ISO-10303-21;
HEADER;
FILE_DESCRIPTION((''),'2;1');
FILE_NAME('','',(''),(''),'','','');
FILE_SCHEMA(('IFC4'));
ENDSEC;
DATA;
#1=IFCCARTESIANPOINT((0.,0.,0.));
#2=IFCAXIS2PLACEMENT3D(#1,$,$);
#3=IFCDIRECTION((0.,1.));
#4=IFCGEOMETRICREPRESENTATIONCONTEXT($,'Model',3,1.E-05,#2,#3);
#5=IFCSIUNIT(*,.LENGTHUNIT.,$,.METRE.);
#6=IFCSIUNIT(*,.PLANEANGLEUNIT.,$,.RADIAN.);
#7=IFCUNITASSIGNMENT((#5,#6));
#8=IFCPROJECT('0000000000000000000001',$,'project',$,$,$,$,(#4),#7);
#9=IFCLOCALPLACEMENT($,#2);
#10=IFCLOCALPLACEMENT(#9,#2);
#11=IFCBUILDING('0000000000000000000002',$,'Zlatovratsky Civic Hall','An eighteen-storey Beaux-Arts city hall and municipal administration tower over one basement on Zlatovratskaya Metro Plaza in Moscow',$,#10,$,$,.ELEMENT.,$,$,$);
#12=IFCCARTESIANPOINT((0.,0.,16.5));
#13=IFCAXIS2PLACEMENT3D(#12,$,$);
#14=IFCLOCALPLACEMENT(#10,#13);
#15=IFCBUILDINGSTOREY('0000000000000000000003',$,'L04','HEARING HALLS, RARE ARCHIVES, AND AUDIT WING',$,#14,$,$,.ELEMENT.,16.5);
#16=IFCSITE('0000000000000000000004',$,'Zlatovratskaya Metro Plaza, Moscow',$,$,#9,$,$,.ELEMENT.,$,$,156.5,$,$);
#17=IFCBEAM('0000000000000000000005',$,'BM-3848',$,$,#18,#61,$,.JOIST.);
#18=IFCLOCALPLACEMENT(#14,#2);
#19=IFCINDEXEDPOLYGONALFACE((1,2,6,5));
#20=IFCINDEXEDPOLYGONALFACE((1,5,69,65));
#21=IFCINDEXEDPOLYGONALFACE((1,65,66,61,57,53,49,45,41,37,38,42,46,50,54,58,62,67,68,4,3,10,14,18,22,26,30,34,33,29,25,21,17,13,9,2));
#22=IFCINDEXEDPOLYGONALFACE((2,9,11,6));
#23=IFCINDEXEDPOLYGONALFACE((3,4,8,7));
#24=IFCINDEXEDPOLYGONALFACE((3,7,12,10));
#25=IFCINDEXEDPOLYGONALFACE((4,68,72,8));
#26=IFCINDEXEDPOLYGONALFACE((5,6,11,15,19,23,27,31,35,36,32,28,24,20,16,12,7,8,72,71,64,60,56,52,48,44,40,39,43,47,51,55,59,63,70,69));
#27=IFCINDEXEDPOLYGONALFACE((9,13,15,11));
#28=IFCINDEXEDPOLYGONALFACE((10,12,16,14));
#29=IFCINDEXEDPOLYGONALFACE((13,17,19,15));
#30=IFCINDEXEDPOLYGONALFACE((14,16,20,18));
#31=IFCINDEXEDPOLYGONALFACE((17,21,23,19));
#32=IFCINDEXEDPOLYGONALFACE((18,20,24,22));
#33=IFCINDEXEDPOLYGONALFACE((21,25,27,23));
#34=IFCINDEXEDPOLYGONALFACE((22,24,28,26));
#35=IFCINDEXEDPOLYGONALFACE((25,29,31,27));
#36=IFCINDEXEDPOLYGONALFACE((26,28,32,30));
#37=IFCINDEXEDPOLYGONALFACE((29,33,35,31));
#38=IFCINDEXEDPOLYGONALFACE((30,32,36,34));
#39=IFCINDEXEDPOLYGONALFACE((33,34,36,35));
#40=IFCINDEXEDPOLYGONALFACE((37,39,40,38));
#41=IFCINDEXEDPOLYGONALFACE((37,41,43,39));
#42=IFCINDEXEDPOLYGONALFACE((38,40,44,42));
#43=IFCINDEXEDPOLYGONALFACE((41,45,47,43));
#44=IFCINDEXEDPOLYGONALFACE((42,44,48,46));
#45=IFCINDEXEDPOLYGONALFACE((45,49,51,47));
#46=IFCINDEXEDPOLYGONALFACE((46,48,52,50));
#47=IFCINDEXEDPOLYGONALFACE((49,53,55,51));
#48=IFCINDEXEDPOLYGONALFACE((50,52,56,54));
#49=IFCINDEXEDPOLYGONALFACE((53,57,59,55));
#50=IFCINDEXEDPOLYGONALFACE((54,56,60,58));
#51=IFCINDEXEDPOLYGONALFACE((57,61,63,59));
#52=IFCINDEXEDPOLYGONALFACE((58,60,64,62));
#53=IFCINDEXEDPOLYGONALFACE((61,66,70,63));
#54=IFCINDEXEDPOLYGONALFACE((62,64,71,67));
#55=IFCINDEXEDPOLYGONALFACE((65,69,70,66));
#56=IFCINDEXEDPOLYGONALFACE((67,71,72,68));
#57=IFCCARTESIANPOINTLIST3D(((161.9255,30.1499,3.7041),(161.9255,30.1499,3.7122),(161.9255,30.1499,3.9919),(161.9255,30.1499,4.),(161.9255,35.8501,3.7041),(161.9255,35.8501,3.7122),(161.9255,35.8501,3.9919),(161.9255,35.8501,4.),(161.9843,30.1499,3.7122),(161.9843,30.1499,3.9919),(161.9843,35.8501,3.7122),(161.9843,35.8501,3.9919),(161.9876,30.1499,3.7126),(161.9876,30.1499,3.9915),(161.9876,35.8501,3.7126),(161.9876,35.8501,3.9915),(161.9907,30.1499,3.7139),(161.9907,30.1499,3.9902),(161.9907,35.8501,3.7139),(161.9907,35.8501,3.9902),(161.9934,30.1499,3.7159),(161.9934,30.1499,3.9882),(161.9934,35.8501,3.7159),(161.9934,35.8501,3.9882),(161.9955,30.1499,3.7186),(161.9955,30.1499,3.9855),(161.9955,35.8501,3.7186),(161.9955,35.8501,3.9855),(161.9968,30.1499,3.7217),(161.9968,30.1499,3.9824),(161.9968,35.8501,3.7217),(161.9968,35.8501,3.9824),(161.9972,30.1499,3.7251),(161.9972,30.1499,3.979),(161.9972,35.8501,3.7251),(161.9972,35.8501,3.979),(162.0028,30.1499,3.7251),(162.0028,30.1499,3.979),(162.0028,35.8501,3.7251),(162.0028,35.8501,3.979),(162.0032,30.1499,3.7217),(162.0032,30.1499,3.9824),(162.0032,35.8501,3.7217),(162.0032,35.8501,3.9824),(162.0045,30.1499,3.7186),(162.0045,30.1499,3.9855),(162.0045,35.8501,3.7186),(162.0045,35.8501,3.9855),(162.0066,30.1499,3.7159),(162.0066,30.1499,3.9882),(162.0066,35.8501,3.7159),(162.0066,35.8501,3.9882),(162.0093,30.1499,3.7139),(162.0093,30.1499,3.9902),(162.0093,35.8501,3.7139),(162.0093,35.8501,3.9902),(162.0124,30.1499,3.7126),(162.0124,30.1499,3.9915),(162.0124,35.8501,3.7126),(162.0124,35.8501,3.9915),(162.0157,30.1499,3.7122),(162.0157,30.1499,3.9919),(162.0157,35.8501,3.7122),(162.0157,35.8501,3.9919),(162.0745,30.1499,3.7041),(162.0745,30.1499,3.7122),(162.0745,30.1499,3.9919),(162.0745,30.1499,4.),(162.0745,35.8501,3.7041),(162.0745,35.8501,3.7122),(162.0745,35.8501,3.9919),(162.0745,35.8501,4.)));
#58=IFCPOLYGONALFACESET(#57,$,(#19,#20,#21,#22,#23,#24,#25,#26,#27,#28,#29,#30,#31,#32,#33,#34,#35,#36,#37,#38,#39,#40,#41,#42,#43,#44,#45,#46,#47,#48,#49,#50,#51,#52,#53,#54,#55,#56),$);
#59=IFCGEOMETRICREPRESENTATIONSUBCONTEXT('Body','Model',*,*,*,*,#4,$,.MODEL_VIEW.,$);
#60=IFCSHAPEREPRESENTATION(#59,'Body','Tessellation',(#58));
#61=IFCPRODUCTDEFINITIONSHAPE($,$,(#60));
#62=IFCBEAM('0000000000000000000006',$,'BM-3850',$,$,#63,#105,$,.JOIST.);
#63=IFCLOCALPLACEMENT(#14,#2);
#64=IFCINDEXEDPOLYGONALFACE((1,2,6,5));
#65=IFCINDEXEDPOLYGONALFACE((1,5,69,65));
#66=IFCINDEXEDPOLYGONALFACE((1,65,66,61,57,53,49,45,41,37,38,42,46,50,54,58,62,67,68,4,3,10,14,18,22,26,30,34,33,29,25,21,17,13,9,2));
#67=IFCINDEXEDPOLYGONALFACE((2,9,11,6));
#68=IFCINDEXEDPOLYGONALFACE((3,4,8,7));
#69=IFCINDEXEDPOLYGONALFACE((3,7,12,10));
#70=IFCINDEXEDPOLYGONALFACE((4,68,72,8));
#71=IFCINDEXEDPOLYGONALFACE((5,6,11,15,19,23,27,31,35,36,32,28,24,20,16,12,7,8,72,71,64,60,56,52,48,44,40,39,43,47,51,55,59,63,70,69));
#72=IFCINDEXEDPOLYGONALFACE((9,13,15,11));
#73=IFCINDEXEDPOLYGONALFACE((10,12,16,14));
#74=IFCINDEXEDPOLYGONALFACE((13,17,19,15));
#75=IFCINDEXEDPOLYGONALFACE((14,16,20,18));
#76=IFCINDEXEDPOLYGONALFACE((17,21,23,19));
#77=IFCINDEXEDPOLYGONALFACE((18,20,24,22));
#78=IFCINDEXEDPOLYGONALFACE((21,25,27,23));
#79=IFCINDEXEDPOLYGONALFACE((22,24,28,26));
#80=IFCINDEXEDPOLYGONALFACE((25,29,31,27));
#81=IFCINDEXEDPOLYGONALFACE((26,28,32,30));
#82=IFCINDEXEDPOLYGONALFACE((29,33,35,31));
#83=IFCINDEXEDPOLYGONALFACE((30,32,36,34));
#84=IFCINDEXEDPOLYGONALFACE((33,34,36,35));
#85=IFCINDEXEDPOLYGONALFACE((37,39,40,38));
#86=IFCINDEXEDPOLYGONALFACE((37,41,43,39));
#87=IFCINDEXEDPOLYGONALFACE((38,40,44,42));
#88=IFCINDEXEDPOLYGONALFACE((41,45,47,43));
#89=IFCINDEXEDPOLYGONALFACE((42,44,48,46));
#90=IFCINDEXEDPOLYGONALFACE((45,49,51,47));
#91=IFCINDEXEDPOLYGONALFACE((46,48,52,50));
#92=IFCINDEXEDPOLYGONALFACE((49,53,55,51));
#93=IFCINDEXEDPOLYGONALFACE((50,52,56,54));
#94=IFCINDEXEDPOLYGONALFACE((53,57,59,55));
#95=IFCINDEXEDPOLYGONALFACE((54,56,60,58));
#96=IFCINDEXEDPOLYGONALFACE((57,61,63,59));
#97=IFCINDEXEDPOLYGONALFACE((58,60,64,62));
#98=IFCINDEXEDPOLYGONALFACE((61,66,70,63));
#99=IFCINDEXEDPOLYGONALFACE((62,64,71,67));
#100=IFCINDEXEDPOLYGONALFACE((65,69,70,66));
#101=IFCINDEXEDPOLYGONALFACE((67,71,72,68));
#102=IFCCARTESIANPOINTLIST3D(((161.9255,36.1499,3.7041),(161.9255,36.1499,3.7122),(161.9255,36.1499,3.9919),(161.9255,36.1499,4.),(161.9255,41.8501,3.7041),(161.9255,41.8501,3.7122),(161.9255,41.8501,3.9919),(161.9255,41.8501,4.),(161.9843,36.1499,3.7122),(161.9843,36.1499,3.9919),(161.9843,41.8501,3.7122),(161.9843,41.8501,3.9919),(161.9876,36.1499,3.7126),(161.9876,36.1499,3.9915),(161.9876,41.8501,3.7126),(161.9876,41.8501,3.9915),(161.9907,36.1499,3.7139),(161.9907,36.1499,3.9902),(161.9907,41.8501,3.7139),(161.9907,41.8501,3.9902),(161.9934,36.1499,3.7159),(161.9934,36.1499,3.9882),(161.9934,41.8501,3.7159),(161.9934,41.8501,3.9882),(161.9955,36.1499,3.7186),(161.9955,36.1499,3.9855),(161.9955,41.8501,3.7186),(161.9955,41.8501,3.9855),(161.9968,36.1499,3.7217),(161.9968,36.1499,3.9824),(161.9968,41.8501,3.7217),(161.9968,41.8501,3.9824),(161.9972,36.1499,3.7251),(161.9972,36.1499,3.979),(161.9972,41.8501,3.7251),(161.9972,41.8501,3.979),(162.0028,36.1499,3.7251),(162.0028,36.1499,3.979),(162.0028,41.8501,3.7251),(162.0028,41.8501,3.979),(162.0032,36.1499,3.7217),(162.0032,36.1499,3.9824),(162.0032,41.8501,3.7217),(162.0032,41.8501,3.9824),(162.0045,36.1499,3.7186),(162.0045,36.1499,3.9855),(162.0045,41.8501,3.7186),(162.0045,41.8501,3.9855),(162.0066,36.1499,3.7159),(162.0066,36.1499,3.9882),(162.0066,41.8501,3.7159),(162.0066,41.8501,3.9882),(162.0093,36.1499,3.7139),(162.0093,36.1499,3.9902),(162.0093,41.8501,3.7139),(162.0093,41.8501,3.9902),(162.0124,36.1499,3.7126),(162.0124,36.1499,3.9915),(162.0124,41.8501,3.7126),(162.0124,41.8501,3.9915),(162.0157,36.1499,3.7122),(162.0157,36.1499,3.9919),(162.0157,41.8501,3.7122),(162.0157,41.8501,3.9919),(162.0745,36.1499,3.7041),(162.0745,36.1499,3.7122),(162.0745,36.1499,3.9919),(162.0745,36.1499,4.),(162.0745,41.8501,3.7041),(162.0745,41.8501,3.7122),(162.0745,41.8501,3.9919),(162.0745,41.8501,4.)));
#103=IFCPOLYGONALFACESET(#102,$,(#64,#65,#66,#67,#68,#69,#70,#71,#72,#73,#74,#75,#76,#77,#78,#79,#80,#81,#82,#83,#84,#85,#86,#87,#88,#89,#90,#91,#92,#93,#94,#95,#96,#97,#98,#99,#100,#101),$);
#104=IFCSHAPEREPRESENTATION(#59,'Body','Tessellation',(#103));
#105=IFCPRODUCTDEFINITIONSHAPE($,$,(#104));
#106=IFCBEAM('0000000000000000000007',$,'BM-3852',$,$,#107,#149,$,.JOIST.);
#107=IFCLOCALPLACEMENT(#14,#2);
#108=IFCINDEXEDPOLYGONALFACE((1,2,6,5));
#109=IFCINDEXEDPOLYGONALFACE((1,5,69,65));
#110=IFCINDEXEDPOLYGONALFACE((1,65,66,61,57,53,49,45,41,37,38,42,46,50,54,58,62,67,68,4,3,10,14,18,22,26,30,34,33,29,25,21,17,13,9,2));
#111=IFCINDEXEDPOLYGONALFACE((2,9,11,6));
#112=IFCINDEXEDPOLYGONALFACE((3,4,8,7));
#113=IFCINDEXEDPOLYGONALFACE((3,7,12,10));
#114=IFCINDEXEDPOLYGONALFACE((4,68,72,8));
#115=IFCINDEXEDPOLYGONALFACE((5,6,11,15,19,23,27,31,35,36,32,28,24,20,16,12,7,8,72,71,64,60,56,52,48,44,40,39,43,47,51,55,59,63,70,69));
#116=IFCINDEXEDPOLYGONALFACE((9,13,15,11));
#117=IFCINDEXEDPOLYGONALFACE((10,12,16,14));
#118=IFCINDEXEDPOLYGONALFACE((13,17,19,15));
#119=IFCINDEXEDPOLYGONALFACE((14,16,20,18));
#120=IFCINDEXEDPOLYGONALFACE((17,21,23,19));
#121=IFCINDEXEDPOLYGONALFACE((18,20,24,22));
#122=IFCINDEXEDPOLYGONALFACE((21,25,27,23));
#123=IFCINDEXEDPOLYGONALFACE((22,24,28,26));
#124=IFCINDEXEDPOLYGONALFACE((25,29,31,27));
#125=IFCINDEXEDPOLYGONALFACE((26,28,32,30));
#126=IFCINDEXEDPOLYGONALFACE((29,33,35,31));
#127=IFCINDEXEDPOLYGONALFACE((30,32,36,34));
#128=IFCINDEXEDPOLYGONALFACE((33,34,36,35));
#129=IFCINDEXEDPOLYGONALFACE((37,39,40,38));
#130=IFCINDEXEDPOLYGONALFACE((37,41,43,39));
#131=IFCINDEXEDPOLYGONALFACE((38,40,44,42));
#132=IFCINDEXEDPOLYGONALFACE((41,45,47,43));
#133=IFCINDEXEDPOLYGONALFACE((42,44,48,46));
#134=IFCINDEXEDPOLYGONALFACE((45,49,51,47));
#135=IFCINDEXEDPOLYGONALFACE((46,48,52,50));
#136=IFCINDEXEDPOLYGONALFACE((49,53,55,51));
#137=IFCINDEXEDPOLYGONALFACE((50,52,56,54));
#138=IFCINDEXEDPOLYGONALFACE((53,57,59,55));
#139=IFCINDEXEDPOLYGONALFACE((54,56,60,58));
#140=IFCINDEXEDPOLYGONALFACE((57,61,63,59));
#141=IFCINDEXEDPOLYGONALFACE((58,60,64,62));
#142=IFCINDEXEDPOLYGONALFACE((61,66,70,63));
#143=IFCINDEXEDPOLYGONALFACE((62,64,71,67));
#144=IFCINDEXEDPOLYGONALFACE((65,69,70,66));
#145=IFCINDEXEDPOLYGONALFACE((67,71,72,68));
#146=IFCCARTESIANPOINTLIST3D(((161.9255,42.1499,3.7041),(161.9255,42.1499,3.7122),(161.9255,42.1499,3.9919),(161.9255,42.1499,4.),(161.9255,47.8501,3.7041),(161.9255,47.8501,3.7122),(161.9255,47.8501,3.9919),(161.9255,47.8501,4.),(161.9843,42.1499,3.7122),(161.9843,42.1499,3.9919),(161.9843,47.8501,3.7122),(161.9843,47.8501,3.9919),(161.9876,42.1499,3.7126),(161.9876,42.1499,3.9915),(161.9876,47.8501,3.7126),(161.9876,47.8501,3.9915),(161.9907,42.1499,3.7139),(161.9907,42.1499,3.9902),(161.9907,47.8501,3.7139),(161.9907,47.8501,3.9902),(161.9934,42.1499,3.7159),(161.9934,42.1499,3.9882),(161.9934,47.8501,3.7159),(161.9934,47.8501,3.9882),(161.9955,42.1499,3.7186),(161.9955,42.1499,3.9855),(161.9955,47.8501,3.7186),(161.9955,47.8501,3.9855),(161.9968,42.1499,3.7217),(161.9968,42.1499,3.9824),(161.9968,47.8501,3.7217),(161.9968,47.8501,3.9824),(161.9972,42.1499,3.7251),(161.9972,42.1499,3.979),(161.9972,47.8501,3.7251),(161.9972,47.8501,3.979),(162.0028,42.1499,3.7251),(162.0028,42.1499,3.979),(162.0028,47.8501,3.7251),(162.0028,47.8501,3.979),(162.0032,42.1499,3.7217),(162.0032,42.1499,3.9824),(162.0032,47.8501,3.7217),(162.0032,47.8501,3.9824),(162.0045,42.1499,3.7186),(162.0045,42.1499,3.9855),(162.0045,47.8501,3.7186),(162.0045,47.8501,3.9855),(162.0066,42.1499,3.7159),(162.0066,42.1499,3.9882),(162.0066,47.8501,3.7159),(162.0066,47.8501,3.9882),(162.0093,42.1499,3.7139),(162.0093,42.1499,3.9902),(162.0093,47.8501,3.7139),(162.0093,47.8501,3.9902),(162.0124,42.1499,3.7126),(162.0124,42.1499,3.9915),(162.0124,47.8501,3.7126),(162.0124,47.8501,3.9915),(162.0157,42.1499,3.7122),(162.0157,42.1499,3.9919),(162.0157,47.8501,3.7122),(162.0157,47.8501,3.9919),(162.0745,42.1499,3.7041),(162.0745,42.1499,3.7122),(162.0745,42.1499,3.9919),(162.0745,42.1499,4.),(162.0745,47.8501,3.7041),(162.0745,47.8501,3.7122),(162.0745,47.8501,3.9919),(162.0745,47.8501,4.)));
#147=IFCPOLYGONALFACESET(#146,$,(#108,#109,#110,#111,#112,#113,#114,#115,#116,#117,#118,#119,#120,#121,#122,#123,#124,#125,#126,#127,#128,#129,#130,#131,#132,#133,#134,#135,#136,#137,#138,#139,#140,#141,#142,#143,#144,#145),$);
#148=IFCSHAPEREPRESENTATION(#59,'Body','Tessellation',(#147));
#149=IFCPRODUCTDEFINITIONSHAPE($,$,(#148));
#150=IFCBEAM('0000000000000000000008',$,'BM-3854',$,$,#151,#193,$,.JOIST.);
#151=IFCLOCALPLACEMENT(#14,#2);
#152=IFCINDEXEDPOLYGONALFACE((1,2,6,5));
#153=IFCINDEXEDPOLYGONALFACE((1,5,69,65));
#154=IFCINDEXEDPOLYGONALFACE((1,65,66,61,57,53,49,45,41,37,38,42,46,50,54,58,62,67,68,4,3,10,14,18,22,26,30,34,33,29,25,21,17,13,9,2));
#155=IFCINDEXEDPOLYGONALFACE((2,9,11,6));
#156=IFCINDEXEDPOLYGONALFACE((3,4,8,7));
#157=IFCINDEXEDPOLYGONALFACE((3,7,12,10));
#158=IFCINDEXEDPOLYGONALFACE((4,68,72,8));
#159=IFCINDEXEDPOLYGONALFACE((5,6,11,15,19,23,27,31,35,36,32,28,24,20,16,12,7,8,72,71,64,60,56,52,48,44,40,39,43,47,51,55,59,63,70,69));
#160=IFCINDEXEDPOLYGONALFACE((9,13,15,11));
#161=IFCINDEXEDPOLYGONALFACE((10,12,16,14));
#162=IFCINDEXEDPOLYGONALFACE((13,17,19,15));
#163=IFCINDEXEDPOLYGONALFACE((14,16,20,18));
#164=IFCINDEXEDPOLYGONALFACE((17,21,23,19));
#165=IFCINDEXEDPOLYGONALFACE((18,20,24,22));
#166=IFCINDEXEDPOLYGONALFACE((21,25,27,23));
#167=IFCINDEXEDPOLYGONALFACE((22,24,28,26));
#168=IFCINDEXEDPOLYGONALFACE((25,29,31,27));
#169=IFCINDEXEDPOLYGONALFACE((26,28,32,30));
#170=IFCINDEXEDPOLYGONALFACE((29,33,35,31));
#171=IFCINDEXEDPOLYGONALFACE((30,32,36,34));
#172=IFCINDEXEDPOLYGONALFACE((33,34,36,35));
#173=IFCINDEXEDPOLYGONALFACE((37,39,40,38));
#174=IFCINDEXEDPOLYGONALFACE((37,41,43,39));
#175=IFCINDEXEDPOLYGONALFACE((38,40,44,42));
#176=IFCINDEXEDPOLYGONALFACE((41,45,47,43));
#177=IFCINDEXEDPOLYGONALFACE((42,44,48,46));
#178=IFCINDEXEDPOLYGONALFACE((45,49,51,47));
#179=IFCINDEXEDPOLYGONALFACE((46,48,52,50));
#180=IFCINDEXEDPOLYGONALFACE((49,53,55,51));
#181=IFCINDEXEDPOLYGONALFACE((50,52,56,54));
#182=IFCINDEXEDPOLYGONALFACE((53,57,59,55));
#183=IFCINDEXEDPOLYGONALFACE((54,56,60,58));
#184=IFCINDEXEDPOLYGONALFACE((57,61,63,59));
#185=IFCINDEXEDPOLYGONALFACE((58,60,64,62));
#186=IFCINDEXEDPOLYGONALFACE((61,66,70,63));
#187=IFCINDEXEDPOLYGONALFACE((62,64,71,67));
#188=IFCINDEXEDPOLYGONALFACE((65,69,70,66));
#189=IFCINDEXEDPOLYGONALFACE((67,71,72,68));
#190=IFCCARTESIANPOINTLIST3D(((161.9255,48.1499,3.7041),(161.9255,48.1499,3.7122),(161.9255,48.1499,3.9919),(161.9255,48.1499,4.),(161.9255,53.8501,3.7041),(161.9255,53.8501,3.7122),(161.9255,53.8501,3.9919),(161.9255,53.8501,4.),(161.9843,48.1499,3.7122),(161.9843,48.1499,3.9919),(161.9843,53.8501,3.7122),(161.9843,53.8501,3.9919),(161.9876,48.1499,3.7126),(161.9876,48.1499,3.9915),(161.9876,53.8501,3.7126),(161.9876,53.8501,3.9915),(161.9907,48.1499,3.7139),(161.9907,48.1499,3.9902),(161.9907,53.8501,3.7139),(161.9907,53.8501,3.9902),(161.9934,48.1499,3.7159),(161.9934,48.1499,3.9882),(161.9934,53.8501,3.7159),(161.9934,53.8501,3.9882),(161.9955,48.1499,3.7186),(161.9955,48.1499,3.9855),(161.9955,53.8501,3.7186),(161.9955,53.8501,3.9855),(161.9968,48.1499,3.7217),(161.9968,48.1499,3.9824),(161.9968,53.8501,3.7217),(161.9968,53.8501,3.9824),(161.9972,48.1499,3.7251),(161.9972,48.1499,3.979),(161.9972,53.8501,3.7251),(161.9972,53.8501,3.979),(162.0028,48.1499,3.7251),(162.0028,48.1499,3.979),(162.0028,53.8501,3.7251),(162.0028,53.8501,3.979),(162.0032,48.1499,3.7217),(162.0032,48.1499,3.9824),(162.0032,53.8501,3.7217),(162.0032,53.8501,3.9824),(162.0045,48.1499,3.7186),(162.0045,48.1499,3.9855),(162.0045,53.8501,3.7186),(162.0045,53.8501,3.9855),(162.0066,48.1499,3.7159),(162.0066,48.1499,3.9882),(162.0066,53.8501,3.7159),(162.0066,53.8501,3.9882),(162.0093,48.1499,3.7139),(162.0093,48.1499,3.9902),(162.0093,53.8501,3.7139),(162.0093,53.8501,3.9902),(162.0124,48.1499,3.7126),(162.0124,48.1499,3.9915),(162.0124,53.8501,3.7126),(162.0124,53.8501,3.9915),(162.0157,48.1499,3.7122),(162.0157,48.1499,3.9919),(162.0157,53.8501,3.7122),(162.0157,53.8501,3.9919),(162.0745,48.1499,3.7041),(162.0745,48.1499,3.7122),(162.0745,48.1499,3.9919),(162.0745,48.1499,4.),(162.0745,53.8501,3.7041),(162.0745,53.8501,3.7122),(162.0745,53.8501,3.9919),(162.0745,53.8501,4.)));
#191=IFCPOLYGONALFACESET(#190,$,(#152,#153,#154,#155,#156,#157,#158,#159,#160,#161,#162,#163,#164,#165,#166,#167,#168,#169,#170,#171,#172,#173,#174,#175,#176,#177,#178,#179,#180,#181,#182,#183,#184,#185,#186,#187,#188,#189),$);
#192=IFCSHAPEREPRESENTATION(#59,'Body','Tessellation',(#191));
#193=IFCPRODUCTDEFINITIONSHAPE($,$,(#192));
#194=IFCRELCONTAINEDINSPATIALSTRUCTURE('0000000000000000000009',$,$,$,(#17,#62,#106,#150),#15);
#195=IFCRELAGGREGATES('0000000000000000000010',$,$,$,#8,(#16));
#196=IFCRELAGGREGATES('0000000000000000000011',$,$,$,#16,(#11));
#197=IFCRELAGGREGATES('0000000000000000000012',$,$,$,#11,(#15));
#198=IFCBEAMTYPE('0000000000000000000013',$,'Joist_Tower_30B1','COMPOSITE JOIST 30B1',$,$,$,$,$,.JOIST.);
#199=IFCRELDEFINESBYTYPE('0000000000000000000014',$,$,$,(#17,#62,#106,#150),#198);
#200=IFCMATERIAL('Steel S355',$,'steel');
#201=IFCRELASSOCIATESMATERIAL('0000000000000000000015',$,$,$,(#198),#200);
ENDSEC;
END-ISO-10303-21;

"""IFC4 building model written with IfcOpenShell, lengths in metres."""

from ifc_helpers import new_model, si_unit, direction, frame, origin, origin_2d, place, context, subcontext, project, spatial, i_section, extrude, material, material_profile, profile_set, type_object, element, save


model = new_model("IFC4")

# Units and contexts
model_context = context("Model", 3, precision=1e-05, world=origin(), true_north=direction((0.0, 1.0)))
body_context = subcontext(model_context, "Body", "Model", "MODEL_VIEW")
ifc_project = project(units=[si_unit("LENGTHUNIT", "METRE"), si_unit("PLANEANGLEUNIT", "RADIAN")], contexts=[model_context])

# Site, building, storey
site_placement = place(None, origin())
site = spatial("IfcSite", under=ifc_project, at=site_placement, Name="Zlatovratskaya Metro Plaza, Moscow", CompositionType="ELEMENT", RefElevation=156.5)
building_placement = place(site_placement, origin())
building = spatial("IfcBuilding", under=site, at=building_placement, Name="Zlatovratsky Civic Hall", Description="An eighteen-storey Beaux-Arts city hall and municipal administration tower over one basement on Zlatovratskaya Metro Plaza in Moscow", CompositionType="ELEMENT")
storey_placement = place(building_placement, frame((0.0, 0.0, 16.5)))
storey = spatial("IfcBuildingStorey", under=building, at=storey_placement, Name="L04", Description="HEARING HALLS, RARE ARCHIVES, AND AUDIT WING", CompositionType="ELEMENT", Elevation=16.5)

# Shared definitions
ifc_material_1 = material(Name="Steel S355", Category="steel")

# Beams
ifc_material_profile_1 = material_profile(ifc_material_1, i_section(OverallWidth=0.1489, OverallDepth=0.2959, WebThickness=0.0056, FlangeThickness=0.0081, FilletRadius=0.0129, at=origin_2d()), Name="30B1")
ifc_profile_set_1 = profile_set([ifc_material_profile_1], Name="Steel S355")
beam_type_1 = type_object("IfcBeamType", Name="Joist_Tower_30B1", Description="COMPOSITE JOIST 30B1", PredefinedType="JOIST", material=ifc_profile_set_1)
for number, where, z_axis, x_axis, name in (
    (1, (162.0, 30.1499, 3.8521), (0.0, 1.0, 0.0), (-1.0, 0.0, 0.0), "BM-3848"),
    (2, (162.0, 36.1499, 3.8521), (0.0, 1.0, 0.0), (-1.0, 0.0, 0.0), "BM-3850"),
    (3, (162.0, 42.1499, 3.8521), (0.0, 1.0, 0.0), (-1.0, 0.0, 0.0), "BM-3852"),
    (4, (162.0, 48.1499, 3.8521), (0.0, 1.0, 0.0), (-1.0, 0.0, 0.0), "BM-3854"),
):
    element("IfcBeam", number, at=place(storey_placement, frame(where, z_axis=z_axis, x_axis=x_axis)), inside=storey, type_object=beam_type_1, Name=name, PredefinedType="JOIST", context=body_context, shape_type="SweptSolid", body=[
        extrude(i_section(OverallWidth=0.1489, OverallDepth=0.2959, WebThickness=0.0056, FlangeThickness=0.0081, FilletRadius=0.0129, at=origin_2d()), origin(), (0.0, 0.0, 1.0), 5.7002),
    ])

save(model, "model.ifc")
